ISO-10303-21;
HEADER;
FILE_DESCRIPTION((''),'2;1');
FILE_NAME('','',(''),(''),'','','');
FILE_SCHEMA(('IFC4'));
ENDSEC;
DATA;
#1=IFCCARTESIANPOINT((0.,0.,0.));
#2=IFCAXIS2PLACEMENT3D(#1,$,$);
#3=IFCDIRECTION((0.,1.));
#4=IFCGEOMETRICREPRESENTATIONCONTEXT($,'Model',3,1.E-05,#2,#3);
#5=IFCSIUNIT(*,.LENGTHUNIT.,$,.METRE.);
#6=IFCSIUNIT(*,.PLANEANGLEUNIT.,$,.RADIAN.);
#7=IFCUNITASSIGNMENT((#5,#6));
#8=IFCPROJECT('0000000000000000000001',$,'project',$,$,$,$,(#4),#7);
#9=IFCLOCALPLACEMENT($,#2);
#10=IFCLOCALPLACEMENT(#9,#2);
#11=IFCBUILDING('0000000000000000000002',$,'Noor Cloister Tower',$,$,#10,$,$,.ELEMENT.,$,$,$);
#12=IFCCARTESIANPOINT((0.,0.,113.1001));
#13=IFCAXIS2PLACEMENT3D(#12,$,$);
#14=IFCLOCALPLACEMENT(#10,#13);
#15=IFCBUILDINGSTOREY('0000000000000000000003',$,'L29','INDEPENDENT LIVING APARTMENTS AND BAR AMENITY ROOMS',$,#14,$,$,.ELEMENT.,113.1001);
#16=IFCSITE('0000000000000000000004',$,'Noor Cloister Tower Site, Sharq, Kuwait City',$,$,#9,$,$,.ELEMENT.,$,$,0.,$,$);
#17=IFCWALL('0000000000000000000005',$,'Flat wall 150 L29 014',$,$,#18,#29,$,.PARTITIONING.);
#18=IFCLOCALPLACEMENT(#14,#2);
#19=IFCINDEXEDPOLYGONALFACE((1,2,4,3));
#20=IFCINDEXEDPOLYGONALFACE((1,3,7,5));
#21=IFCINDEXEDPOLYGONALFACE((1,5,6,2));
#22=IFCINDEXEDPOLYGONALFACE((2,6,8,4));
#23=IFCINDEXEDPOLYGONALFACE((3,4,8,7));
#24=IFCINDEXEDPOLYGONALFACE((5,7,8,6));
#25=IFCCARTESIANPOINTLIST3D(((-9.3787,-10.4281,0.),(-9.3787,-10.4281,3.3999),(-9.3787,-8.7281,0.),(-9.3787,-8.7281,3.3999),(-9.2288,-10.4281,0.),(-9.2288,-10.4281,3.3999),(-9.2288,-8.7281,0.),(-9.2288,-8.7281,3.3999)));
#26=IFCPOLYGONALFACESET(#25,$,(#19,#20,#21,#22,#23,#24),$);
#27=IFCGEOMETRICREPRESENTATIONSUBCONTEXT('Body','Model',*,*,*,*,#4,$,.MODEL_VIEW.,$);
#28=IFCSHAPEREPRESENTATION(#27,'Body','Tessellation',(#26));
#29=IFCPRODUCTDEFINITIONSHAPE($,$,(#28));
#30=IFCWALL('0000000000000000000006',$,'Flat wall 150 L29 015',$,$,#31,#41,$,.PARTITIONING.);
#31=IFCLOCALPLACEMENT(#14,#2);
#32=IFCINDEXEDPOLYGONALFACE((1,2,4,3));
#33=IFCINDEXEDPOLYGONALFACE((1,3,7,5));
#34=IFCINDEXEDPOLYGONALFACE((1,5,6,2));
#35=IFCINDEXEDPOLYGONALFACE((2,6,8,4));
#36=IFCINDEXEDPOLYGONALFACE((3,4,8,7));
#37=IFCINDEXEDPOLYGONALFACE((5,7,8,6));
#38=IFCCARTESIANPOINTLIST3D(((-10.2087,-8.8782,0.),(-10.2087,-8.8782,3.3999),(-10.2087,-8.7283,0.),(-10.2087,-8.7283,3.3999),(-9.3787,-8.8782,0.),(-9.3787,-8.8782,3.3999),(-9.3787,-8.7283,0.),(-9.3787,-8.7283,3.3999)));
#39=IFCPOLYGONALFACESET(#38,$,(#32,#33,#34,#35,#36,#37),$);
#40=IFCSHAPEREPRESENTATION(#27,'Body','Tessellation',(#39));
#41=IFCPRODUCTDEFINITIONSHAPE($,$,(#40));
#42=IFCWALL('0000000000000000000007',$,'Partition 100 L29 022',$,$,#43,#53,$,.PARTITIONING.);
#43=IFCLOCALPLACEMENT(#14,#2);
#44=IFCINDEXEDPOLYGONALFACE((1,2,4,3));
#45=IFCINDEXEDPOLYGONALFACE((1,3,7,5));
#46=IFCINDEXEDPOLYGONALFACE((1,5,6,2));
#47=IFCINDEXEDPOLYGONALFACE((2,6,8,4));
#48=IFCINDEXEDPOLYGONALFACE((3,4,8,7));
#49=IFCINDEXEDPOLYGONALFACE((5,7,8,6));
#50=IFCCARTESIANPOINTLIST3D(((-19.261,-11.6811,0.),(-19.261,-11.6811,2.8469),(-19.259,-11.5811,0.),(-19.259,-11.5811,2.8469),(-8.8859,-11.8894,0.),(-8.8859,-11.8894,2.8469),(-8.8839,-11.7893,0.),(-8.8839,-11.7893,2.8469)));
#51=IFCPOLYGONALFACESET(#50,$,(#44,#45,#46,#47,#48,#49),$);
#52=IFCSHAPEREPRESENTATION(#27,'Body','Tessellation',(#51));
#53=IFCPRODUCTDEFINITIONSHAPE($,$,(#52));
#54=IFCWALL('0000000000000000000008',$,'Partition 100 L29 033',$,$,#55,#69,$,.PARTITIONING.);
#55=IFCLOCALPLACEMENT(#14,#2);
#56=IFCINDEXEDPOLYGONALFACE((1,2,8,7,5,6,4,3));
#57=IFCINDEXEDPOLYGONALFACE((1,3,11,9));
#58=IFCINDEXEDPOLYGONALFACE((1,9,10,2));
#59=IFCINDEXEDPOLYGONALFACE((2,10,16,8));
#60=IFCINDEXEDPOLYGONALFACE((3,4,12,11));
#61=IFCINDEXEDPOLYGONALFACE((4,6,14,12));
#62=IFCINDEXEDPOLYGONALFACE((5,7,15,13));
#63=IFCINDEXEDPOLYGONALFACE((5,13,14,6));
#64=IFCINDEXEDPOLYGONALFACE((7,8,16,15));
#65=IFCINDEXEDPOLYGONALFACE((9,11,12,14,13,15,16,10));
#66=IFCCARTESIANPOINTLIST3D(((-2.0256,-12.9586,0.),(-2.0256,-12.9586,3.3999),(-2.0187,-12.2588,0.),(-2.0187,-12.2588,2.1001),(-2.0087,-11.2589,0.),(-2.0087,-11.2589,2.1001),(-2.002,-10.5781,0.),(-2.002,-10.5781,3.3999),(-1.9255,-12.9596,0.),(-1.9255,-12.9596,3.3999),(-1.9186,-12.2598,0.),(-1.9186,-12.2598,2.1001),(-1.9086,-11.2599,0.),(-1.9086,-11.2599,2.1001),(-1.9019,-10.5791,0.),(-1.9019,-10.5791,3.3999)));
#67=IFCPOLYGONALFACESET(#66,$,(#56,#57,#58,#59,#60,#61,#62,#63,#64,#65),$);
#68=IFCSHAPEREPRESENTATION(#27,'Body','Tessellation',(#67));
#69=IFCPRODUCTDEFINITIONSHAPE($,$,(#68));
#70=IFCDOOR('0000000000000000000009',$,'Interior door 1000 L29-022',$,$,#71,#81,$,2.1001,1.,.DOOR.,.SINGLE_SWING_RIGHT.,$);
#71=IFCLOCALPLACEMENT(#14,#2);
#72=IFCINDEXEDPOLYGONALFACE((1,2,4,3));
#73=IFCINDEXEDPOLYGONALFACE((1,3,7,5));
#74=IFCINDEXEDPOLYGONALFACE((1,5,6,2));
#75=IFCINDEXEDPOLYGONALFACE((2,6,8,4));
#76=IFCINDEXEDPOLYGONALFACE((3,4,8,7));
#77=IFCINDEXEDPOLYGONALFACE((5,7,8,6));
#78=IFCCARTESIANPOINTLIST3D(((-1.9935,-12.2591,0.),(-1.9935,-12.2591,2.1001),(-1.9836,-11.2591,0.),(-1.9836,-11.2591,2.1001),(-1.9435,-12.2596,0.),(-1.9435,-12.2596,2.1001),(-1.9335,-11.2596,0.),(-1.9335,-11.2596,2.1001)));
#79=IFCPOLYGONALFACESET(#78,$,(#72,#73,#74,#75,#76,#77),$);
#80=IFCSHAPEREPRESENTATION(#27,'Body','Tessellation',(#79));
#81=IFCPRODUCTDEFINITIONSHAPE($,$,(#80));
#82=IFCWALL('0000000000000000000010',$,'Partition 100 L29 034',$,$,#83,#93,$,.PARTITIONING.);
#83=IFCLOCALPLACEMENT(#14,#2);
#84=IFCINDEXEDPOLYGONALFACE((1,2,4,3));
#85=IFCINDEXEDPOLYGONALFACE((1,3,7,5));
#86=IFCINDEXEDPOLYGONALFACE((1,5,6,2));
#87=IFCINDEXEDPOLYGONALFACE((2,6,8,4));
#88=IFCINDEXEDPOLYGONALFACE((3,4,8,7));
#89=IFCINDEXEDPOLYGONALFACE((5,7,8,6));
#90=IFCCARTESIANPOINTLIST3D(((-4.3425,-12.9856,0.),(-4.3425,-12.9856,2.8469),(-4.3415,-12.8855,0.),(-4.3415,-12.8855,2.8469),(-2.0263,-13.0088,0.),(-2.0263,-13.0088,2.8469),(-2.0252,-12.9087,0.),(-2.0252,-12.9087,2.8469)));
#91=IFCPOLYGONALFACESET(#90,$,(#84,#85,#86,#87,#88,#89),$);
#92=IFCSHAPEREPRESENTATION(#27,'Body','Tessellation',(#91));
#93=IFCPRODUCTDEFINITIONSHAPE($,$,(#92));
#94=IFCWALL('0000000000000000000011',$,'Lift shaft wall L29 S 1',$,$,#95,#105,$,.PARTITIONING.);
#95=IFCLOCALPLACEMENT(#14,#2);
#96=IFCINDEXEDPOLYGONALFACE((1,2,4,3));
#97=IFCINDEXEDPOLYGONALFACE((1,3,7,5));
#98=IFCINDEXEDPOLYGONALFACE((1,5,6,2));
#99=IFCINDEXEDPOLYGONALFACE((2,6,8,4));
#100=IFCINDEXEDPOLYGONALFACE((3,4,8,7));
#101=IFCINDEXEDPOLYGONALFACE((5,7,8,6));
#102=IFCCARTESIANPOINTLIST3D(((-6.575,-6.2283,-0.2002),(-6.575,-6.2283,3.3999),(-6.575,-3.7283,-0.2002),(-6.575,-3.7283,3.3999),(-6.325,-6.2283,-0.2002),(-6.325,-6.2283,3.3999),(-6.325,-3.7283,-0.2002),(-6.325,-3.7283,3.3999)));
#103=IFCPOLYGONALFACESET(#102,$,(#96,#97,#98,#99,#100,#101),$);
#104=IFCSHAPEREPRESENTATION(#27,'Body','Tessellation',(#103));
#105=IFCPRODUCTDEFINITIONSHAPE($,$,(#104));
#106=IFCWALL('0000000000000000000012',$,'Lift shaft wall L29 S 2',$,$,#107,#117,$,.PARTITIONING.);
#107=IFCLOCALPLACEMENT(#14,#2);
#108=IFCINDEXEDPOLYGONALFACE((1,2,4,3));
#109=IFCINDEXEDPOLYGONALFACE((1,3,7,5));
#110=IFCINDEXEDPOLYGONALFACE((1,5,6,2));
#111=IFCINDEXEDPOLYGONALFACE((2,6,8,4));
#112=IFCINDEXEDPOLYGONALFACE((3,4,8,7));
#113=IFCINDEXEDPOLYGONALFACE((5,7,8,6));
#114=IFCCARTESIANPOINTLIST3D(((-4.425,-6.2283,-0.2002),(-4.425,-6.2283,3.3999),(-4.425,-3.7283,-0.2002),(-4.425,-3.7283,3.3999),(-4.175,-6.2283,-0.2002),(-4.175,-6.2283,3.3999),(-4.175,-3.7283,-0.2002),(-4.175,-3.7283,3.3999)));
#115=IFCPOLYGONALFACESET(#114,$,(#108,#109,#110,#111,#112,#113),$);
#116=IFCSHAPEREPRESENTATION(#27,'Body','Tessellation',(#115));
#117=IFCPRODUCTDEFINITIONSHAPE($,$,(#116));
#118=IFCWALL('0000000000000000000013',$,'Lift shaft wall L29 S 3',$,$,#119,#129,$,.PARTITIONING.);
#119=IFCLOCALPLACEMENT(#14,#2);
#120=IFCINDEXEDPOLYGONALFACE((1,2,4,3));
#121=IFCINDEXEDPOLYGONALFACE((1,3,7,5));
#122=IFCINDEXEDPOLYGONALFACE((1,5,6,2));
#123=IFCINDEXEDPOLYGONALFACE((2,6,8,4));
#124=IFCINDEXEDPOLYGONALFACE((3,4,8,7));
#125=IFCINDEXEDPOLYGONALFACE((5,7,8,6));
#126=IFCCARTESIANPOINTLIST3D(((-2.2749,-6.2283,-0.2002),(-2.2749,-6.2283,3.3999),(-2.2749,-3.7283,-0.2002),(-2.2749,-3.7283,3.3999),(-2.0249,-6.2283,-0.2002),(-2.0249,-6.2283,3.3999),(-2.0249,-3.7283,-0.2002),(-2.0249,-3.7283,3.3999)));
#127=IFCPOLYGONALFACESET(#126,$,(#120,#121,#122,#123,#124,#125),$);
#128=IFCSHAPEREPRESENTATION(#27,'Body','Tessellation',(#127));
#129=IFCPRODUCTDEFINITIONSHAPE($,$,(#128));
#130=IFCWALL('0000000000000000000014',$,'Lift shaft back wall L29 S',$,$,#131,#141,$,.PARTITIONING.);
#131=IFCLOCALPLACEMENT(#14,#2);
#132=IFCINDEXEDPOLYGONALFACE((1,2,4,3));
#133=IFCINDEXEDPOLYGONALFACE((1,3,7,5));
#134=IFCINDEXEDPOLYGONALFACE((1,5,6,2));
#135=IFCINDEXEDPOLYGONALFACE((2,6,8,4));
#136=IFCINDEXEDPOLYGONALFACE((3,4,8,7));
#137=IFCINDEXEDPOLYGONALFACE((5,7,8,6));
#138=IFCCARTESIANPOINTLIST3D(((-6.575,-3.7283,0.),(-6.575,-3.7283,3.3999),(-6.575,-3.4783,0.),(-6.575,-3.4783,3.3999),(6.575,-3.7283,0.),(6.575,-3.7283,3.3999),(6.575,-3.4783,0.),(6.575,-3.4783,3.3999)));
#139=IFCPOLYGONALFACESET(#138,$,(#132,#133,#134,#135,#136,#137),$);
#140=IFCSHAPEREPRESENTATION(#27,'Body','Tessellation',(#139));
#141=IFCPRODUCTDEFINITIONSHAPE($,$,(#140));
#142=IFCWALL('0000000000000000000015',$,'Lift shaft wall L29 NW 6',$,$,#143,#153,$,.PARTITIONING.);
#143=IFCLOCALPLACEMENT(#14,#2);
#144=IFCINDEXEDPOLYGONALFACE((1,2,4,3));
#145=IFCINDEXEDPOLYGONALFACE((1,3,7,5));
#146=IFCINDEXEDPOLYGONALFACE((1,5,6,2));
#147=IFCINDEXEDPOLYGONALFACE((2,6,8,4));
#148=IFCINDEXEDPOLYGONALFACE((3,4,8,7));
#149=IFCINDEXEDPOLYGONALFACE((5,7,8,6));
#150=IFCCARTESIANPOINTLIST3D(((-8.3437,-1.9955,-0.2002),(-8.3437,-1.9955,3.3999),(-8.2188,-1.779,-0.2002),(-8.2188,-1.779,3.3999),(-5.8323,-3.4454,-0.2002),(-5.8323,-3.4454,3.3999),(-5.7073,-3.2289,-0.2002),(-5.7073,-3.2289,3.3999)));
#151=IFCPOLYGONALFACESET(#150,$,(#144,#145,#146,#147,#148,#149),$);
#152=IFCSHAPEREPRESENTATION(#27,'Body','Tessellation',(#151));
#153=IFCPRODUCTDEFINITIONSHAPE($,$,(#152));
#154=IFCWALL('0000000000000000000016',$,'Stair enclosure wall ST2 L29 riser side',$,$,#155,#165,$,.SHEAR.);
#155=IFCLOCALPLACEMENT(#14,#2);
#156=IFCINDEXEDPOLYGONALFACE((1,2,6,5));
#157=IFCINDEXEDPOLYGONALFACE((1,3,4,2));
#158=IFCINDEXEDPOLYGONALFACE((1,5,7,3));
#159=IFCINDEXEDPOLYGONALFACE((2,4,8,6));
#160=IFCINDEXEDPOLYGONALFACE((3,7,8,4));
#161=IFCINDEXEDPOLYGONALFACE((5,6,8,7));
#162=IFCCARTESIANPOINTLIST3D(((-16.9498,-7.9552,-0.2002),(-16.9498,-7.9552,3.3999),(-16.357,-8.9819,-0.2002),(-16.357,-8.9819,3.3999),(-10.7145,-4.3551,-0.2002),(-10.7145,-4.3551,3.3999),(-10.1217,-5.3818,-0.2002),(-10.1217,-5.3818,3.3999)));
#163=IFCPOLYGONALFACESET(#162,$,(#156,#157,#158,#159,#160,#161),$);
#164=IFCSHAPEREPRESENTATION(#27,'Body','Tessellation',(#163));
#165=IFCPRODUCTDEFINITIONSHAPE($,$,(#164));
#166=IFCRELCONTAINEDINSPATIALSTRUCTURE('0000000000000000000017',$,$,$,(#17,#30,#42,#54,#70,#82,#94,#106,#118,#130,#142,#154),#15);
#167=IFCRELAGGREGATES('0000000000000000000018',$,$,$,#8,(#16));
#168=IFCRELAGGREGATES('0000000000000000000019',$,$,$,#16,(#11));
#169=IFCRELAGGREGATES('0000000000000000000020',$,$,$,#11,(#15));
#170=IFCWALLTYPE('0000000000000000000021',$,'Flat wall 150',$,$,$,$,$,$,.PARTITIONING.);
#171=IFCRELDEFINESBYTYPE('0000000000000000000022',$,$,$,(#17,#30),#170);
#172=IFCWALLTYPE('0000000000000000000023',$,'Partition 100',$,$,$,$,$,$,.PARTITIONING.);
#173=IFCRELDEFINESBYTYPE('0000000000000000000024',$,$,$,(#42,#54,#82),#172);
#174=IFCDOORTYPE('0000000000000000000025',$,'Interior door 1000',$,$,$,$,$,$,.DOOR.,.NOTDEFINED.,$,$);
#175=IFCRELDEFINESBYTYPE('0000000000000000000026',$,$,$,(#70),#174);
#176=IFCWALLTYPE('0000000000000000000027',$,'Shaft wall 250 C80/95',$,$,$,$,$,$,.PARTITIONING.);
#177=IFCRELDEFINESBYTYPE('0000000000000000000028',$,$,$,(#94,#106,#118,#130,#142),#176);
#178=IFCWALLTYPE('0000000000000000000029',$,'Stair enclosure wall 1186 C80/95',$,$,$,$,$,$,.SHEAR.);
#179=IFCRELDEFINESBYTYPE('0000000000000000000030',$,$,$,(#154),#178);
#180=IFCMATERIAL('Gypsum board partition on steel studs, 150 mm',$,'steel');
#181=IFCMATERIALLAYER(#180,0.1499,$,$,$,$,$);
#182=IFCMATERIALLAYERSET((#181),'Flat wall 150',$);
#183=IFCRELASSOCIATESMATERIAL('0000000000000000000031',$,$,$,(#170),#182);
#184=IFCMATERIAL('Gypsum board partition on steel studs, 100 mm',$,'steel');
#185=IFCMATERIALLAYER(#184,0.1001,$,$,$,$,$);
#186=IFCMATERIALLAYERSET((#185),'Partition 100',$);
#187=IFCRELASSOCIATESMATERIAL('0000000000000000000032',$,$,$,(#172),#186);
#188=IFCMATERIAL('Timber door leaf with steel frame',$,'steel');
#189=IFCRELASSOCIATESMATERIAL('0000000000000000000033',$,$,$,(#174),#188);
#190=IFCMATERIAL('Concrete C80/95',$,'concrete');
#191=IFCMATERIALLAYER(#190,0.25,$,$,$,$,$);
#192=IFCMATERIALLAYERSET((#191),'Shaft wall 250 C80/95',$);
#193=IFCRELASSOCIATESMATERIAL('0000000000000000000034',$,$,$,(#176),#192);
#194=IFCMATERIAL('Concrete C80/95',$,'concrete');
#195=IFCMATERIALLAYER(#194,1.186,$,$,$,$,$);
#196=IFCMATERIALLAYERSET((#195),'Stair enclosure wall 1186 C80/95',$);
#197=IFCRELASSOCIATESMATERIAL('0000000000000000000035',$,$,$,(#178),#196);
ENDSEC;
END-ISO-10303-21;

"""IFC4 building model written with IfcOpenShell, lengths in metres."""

from ifc_helpers import new_model, si_unit, direction, frame, frame_2d, origin, place, context, subcontext, project, spatial, rectangle, extrude, material, layer, layer_set, type_object, element, fill, save


model = new_model("IFC4")

# Units and contexts
model_context = context("Model", 3, precision=1e-05, world=origin(), true_north=direction((0.0, 1.0)))
body_context = subcontext(model_context, "Body", "Model", "MODEL_VIEW")
ifc_project = project(units=[si_unit("LENGTHUNIT", "METRE"), si_unit("PLANEANGLEUNIT", "RADIAN")], contexts=[model_context])

# Site, building, storey
site_placement = place(None, origin())
site = spatial("IfcSite", under=ifc_project, at=site_placement, Name="Noor Cloister Tower Site, Sharq, Kuwait City", CompositionType="ELEMENT", RefElevation=0.0)
building_placement = place(site_placement, origin())
building = spatial("IfcBuilding", under=site, at=building_placement, Name="Noor Cloister Tower", CompositionType="ELEMENT")
storey_placement = place(building_placement, frame((0.0, 0.0, 113.1001)))
storey = spatial("IfcBuildingStorey", under=building, at=storey_placement, Name="L29", Description="INDEPENDENT LIVING APARTMENTS AND BAR AMENITY ROOMS", CompositionType="ELEMENT", Elevation=113.1001)

# Walls
ifc_material_1 = material(Name="Gypsum board partition on steel studs, 150 mm", Category="steel")
ifc_layer_1 = layer(ifc_material_1, 0.1499)
ifc_layer_set_1 = layer_set([ifc_layer_1], Name="Flat wall 150")
wall_type_1 = type_object("IfcWallType", Name="Flat wall 150", PredefinedType="PARTITIONING", material=ifc_layer_set_1)
wall_1_placement = place(storey_placement, frame((-9.3037, -10.4282, 0.0), z_axis=(0.0, 0.0, 1.0), x_axis=(0.0, 1.0, 0.0)))
element("IfcWall", 1, at=wall_1_placement, inside=storey, type_object=wall_type_1, Name="Flat wall 150 L29 014", PredefinedType="PARTITIONING", context=body_context, shape_type="SweptSolid", body=[
    extrude(rectangle(XDim=1.7, YDim=0.1499, at=frame_2d((0.8501, 0.0))), origin(), (0.0, 0.0, 1.0), 3.3999),
])
wall_2_placement = place(storey_placement, frame((-10.2087, -8.8032, 0.0), z_axis=(0.0, 0.0, 1.0), x_axis=(1.0, 0.0, 0.0)))
element("IfcWall", 2, at=wall_2_placement, inside=storey, type_object=wall_type_1, Name="Flat wall 150 L29 015", PredefinedType="PARTITIONING", context=body_context, shape_type="SweptSolid", body=[
    extrude(rectangle(XDim=0.8301, YDim=0.1499, at=frame_2d((0.415, 0.0))), origin(), (0.0, 0.0, 1.0), 3.3999),
])
ifc_material_2 = material(Name="Gypsum board partition on steel studs, 100 mm", Category="steel")
ifc_layer_2 = layer(ifc_material_2, 0.1001)
ifc_layer_set_2 = layer_set([ifc_layer_2], Name="Partition 100")
wall_type_2 = type_object("IfcWallType", Name="Partition 100", PredefinedType="PARTITIONING", material=ifc_layer_set_2)
wall_3_placement = place(storey_placement, frame((-8.885, -11.8394, 0.0), z_axis=(0.0, 0.0, 1.0), x_axis=(-0.999799, 0.020068, 0.0)))
element("IfcWall", 3, at=wall_3_placement, inside=storey, type_object=wall_type_2, Name="Partition 100 L29 022", PredefinedType="PARTITIONING", context=body_context, shape_type="SweptSolid", body=[
    extrude(rectangle(XDim=10.3772, YDim=0.1001, at=frame_2d((5.1885, 0.0))), origin(), (0.0, 0.0, 1.0), 2.8469),
])

# Wall, opening, door
wall_4_placement = place(storey_placement, frame((-1.9756, -12.9592, 0.0), z_axis=(0.0, 0.0, 1.0), x_axis=(0.009947, 0.999951, 0.0)))
wall_4 = element("IfcWall", 4, at=wall_4_placement, inside=storey, type_object=wall_type_2, Name="Partition 100 L29 033", PredefinedType="PARTITIONING", context=body_context, shape_type="SweptSolid", body=[
    extrude(rectangle(XDim=2.3806, YDim=0.1001, at=frame_2d((1.1904, 0.0))), origin(), (0.0, 0.0, 1.0), 3.3999),
])
opening_1_placement = place(wall_4_placement, frame((0.7, 0.0, 0.0)))
opening_1 = element("IfcOpeningElement", 5, at=opening_1_placement, cuts=wall_4, PredefinedType="OPENING", context=body_context, shape_type="SweptSolid", body=[
    extrude(rectangle(XDim=1.0, YDim=2.1001, at=frame_2d((0.5, 1.05))), frame((0.0, 0.0601, 0.0), z_axis=(0.0, -1.0, 0.0), x_axis=(1.0, 0.0, 0.0)), (0.0, 0.0, 1.0), 0.1201),
])
ifc_material_3 = material(Name="Timber door leaf with steel frame", Category="steel")
door_type_1 = type_object("IfcDoorType", Name="Interior door 1000", OperationType="NOTDEFINED", PredefinedType="DOOR", material=ifc_material_3)
door_1_placement = place(opening_1_placement, origin())
door_1 = element("IfcDoor", 6, at=door_1_placement, inside=storey, type_object=door_type_1, Name="Interior door 1000 L29-022", OperationType="SINGLE_SWING_RIGHT", OverallHeight=2.1001, OverallWidth=1.0, PredefinedType="DOOR", context=body_context, shape_type="SweptSolid", body=[
    extrude(rectangle(XDim=1.0, YDim=2.1001, at=frame_2d((0.5, 1.05))), frame((0.0, 0.0249, 0.0), z_axis=(0.0, -1.0, 0.0), x_axis=(1.0, 0.0, 0.0)), (0.0, 0.0, 1.0), 0.05),
])
fill(opening_1, door_1)

# Walls
wall_5_placement = place(storey_placement, frame((-4.342, -12.9355, 0.0), z_axis=(0.0, 0.0, 1.0), x_axis=(0.99995, -0.010012, 0.0)))
element("IfcWall", 7, at=wall_5_placement, inside=storey, type_object=wall_type_2, Name="Partition 100 L29 034", PredefinedType="PARTITIONING", context=body_context, shape_type="SweptSolid", body=[
    extrude(rectangle(XDim=2.3164, YDim=0.1001, at=frame_2d((1.1582, 0.0))), origin(), (0.0, 0.0, 1.0), 2.8469),
])
ifc_material_4 = material(Name="Concrete C80/95", Category="concrete")
ifc_layer_3 = layer(ifc_material_4, 0.25)
ifc_layer_set_3 = layer_set([ifc_layer_3], Name="Shaft wall 250 C80/95")
wall_type_3 = type_object("IfcWallType", Name="Shaft wall 250 C80/95", PredefinedType="PARTITIONING", material=ifc_layer_set_3)
for number, where, z_axis, x_axis, name in (
    (8, (-6.45, -6.2283, -0.2002), (0.0, 0.0, 1.0), (0.0, 1.0, 0.0), "Lift shaft wall L29 S 1"),
    (9, (-4.3, -6.2283, -0.2002), (0.0, 0.0, 1.0), (0.0, 1.0, 0.0), "Lift shaft wall L29 S 2"),
    (10, (-2.1499, -6.2283, -0.2002), (0.0, 0.0, 1.0), (0.0, 1.0, 0.0), "Lift shaft wall L29 S 3"),
):
    element("IfcWall", number, at=place(storey_placement, frame(where, z_axis=z_axis, x_axis=x_axis)), inside=storey, type_object=wall_type_3, Name=name, PredefinedType="PARTITIONING", context=body_context, shape_type="SweptSolid", body=[
        extrude(rectangle(XDim=2.5, YDim=0.25, at=frame_2d((1.25, 0.0))), origin(), (0.0, 0.0, 1.0), 3.6001),
    ])
wall_6_placement = place(storey_placement, frame((-6.575, -3.6033, 0.0), z_axis=(0.0, 0.0, 1.0), x_axis=(1.0, 0.0, 0.0)))
element("IfcWall", 11, at=wall_6_placement, inside=storey, type_object=wall_type_3, Name="Lift shaft back wall L29 S", PredefinedType="PARTITIONING", context=body_context, shape_type="SweptSolid", body=[
    extrude(rectangle(XDim=13.1499, YDim=0.25, at=frame_2d((6.575, 0.0))), origin(), (0.0, 0.0, 1.0), 3.3999),
])
wall_7_placement = place(storey_placement, frame((-8.2812, -1.8872, -0.2002), z_axis=(0.0, 0.0, 1.0), x_axis=(0.866033, -0.499987, 0.0)))
element("IfcWall", 12, at=wall_7_placement, inside=storey, type_object=wall_type_3, Name="Lift shaft wall L29 NW 6", PredefinedType="PARTITIONING", context=body_context, shape_type="SweptSolid", body=[
    extrude(rectangle(XDim=2.8999, YDim=0.25, at=frame_2d((1.45, 0.0))), origin(), (0.0, 0.0, 1.0), 3.6001),
])
ifc_material_5 = material(Name="Concrete C80/95", Category="concrete")
ifc_layer_4 = layer(ifc_material_5, 1.186)
ifc_layer_set_4 = layer_set([ifc_layer_4], Name="Stair enclosure wall 1186 C80/95")
wall_type_4 = type_object("IfcWallType", Name="Stair enclosure wall 1186 C80/95", PredefinedType="SHEAR", material=ifc_layer_set_4)
wall_8_placement = place(storey_placement, frame((-10.418, -4.8684, -0.2002), z_axis=(0.0, 0.0, 1.0), x_axis=(-0.866018, -0.500012, 0.0)))
element("IfcWall", 13, at=wall_8_placement, inside=storey, type_object=wall_type_4, Name="Stair enclosure wall ST2 L29 riser side", PredefinedType="SHEAR", context=body_context, shape_type="SweptSolid", body=[
    extrude(rectangle(XDim=7.2, YDim=1.1855, at=frame_2d((3.6001, 0.0))), origin(), (0.0, 0.0, 1.0), 3.6001),
])

save(model, "model.ifc")
